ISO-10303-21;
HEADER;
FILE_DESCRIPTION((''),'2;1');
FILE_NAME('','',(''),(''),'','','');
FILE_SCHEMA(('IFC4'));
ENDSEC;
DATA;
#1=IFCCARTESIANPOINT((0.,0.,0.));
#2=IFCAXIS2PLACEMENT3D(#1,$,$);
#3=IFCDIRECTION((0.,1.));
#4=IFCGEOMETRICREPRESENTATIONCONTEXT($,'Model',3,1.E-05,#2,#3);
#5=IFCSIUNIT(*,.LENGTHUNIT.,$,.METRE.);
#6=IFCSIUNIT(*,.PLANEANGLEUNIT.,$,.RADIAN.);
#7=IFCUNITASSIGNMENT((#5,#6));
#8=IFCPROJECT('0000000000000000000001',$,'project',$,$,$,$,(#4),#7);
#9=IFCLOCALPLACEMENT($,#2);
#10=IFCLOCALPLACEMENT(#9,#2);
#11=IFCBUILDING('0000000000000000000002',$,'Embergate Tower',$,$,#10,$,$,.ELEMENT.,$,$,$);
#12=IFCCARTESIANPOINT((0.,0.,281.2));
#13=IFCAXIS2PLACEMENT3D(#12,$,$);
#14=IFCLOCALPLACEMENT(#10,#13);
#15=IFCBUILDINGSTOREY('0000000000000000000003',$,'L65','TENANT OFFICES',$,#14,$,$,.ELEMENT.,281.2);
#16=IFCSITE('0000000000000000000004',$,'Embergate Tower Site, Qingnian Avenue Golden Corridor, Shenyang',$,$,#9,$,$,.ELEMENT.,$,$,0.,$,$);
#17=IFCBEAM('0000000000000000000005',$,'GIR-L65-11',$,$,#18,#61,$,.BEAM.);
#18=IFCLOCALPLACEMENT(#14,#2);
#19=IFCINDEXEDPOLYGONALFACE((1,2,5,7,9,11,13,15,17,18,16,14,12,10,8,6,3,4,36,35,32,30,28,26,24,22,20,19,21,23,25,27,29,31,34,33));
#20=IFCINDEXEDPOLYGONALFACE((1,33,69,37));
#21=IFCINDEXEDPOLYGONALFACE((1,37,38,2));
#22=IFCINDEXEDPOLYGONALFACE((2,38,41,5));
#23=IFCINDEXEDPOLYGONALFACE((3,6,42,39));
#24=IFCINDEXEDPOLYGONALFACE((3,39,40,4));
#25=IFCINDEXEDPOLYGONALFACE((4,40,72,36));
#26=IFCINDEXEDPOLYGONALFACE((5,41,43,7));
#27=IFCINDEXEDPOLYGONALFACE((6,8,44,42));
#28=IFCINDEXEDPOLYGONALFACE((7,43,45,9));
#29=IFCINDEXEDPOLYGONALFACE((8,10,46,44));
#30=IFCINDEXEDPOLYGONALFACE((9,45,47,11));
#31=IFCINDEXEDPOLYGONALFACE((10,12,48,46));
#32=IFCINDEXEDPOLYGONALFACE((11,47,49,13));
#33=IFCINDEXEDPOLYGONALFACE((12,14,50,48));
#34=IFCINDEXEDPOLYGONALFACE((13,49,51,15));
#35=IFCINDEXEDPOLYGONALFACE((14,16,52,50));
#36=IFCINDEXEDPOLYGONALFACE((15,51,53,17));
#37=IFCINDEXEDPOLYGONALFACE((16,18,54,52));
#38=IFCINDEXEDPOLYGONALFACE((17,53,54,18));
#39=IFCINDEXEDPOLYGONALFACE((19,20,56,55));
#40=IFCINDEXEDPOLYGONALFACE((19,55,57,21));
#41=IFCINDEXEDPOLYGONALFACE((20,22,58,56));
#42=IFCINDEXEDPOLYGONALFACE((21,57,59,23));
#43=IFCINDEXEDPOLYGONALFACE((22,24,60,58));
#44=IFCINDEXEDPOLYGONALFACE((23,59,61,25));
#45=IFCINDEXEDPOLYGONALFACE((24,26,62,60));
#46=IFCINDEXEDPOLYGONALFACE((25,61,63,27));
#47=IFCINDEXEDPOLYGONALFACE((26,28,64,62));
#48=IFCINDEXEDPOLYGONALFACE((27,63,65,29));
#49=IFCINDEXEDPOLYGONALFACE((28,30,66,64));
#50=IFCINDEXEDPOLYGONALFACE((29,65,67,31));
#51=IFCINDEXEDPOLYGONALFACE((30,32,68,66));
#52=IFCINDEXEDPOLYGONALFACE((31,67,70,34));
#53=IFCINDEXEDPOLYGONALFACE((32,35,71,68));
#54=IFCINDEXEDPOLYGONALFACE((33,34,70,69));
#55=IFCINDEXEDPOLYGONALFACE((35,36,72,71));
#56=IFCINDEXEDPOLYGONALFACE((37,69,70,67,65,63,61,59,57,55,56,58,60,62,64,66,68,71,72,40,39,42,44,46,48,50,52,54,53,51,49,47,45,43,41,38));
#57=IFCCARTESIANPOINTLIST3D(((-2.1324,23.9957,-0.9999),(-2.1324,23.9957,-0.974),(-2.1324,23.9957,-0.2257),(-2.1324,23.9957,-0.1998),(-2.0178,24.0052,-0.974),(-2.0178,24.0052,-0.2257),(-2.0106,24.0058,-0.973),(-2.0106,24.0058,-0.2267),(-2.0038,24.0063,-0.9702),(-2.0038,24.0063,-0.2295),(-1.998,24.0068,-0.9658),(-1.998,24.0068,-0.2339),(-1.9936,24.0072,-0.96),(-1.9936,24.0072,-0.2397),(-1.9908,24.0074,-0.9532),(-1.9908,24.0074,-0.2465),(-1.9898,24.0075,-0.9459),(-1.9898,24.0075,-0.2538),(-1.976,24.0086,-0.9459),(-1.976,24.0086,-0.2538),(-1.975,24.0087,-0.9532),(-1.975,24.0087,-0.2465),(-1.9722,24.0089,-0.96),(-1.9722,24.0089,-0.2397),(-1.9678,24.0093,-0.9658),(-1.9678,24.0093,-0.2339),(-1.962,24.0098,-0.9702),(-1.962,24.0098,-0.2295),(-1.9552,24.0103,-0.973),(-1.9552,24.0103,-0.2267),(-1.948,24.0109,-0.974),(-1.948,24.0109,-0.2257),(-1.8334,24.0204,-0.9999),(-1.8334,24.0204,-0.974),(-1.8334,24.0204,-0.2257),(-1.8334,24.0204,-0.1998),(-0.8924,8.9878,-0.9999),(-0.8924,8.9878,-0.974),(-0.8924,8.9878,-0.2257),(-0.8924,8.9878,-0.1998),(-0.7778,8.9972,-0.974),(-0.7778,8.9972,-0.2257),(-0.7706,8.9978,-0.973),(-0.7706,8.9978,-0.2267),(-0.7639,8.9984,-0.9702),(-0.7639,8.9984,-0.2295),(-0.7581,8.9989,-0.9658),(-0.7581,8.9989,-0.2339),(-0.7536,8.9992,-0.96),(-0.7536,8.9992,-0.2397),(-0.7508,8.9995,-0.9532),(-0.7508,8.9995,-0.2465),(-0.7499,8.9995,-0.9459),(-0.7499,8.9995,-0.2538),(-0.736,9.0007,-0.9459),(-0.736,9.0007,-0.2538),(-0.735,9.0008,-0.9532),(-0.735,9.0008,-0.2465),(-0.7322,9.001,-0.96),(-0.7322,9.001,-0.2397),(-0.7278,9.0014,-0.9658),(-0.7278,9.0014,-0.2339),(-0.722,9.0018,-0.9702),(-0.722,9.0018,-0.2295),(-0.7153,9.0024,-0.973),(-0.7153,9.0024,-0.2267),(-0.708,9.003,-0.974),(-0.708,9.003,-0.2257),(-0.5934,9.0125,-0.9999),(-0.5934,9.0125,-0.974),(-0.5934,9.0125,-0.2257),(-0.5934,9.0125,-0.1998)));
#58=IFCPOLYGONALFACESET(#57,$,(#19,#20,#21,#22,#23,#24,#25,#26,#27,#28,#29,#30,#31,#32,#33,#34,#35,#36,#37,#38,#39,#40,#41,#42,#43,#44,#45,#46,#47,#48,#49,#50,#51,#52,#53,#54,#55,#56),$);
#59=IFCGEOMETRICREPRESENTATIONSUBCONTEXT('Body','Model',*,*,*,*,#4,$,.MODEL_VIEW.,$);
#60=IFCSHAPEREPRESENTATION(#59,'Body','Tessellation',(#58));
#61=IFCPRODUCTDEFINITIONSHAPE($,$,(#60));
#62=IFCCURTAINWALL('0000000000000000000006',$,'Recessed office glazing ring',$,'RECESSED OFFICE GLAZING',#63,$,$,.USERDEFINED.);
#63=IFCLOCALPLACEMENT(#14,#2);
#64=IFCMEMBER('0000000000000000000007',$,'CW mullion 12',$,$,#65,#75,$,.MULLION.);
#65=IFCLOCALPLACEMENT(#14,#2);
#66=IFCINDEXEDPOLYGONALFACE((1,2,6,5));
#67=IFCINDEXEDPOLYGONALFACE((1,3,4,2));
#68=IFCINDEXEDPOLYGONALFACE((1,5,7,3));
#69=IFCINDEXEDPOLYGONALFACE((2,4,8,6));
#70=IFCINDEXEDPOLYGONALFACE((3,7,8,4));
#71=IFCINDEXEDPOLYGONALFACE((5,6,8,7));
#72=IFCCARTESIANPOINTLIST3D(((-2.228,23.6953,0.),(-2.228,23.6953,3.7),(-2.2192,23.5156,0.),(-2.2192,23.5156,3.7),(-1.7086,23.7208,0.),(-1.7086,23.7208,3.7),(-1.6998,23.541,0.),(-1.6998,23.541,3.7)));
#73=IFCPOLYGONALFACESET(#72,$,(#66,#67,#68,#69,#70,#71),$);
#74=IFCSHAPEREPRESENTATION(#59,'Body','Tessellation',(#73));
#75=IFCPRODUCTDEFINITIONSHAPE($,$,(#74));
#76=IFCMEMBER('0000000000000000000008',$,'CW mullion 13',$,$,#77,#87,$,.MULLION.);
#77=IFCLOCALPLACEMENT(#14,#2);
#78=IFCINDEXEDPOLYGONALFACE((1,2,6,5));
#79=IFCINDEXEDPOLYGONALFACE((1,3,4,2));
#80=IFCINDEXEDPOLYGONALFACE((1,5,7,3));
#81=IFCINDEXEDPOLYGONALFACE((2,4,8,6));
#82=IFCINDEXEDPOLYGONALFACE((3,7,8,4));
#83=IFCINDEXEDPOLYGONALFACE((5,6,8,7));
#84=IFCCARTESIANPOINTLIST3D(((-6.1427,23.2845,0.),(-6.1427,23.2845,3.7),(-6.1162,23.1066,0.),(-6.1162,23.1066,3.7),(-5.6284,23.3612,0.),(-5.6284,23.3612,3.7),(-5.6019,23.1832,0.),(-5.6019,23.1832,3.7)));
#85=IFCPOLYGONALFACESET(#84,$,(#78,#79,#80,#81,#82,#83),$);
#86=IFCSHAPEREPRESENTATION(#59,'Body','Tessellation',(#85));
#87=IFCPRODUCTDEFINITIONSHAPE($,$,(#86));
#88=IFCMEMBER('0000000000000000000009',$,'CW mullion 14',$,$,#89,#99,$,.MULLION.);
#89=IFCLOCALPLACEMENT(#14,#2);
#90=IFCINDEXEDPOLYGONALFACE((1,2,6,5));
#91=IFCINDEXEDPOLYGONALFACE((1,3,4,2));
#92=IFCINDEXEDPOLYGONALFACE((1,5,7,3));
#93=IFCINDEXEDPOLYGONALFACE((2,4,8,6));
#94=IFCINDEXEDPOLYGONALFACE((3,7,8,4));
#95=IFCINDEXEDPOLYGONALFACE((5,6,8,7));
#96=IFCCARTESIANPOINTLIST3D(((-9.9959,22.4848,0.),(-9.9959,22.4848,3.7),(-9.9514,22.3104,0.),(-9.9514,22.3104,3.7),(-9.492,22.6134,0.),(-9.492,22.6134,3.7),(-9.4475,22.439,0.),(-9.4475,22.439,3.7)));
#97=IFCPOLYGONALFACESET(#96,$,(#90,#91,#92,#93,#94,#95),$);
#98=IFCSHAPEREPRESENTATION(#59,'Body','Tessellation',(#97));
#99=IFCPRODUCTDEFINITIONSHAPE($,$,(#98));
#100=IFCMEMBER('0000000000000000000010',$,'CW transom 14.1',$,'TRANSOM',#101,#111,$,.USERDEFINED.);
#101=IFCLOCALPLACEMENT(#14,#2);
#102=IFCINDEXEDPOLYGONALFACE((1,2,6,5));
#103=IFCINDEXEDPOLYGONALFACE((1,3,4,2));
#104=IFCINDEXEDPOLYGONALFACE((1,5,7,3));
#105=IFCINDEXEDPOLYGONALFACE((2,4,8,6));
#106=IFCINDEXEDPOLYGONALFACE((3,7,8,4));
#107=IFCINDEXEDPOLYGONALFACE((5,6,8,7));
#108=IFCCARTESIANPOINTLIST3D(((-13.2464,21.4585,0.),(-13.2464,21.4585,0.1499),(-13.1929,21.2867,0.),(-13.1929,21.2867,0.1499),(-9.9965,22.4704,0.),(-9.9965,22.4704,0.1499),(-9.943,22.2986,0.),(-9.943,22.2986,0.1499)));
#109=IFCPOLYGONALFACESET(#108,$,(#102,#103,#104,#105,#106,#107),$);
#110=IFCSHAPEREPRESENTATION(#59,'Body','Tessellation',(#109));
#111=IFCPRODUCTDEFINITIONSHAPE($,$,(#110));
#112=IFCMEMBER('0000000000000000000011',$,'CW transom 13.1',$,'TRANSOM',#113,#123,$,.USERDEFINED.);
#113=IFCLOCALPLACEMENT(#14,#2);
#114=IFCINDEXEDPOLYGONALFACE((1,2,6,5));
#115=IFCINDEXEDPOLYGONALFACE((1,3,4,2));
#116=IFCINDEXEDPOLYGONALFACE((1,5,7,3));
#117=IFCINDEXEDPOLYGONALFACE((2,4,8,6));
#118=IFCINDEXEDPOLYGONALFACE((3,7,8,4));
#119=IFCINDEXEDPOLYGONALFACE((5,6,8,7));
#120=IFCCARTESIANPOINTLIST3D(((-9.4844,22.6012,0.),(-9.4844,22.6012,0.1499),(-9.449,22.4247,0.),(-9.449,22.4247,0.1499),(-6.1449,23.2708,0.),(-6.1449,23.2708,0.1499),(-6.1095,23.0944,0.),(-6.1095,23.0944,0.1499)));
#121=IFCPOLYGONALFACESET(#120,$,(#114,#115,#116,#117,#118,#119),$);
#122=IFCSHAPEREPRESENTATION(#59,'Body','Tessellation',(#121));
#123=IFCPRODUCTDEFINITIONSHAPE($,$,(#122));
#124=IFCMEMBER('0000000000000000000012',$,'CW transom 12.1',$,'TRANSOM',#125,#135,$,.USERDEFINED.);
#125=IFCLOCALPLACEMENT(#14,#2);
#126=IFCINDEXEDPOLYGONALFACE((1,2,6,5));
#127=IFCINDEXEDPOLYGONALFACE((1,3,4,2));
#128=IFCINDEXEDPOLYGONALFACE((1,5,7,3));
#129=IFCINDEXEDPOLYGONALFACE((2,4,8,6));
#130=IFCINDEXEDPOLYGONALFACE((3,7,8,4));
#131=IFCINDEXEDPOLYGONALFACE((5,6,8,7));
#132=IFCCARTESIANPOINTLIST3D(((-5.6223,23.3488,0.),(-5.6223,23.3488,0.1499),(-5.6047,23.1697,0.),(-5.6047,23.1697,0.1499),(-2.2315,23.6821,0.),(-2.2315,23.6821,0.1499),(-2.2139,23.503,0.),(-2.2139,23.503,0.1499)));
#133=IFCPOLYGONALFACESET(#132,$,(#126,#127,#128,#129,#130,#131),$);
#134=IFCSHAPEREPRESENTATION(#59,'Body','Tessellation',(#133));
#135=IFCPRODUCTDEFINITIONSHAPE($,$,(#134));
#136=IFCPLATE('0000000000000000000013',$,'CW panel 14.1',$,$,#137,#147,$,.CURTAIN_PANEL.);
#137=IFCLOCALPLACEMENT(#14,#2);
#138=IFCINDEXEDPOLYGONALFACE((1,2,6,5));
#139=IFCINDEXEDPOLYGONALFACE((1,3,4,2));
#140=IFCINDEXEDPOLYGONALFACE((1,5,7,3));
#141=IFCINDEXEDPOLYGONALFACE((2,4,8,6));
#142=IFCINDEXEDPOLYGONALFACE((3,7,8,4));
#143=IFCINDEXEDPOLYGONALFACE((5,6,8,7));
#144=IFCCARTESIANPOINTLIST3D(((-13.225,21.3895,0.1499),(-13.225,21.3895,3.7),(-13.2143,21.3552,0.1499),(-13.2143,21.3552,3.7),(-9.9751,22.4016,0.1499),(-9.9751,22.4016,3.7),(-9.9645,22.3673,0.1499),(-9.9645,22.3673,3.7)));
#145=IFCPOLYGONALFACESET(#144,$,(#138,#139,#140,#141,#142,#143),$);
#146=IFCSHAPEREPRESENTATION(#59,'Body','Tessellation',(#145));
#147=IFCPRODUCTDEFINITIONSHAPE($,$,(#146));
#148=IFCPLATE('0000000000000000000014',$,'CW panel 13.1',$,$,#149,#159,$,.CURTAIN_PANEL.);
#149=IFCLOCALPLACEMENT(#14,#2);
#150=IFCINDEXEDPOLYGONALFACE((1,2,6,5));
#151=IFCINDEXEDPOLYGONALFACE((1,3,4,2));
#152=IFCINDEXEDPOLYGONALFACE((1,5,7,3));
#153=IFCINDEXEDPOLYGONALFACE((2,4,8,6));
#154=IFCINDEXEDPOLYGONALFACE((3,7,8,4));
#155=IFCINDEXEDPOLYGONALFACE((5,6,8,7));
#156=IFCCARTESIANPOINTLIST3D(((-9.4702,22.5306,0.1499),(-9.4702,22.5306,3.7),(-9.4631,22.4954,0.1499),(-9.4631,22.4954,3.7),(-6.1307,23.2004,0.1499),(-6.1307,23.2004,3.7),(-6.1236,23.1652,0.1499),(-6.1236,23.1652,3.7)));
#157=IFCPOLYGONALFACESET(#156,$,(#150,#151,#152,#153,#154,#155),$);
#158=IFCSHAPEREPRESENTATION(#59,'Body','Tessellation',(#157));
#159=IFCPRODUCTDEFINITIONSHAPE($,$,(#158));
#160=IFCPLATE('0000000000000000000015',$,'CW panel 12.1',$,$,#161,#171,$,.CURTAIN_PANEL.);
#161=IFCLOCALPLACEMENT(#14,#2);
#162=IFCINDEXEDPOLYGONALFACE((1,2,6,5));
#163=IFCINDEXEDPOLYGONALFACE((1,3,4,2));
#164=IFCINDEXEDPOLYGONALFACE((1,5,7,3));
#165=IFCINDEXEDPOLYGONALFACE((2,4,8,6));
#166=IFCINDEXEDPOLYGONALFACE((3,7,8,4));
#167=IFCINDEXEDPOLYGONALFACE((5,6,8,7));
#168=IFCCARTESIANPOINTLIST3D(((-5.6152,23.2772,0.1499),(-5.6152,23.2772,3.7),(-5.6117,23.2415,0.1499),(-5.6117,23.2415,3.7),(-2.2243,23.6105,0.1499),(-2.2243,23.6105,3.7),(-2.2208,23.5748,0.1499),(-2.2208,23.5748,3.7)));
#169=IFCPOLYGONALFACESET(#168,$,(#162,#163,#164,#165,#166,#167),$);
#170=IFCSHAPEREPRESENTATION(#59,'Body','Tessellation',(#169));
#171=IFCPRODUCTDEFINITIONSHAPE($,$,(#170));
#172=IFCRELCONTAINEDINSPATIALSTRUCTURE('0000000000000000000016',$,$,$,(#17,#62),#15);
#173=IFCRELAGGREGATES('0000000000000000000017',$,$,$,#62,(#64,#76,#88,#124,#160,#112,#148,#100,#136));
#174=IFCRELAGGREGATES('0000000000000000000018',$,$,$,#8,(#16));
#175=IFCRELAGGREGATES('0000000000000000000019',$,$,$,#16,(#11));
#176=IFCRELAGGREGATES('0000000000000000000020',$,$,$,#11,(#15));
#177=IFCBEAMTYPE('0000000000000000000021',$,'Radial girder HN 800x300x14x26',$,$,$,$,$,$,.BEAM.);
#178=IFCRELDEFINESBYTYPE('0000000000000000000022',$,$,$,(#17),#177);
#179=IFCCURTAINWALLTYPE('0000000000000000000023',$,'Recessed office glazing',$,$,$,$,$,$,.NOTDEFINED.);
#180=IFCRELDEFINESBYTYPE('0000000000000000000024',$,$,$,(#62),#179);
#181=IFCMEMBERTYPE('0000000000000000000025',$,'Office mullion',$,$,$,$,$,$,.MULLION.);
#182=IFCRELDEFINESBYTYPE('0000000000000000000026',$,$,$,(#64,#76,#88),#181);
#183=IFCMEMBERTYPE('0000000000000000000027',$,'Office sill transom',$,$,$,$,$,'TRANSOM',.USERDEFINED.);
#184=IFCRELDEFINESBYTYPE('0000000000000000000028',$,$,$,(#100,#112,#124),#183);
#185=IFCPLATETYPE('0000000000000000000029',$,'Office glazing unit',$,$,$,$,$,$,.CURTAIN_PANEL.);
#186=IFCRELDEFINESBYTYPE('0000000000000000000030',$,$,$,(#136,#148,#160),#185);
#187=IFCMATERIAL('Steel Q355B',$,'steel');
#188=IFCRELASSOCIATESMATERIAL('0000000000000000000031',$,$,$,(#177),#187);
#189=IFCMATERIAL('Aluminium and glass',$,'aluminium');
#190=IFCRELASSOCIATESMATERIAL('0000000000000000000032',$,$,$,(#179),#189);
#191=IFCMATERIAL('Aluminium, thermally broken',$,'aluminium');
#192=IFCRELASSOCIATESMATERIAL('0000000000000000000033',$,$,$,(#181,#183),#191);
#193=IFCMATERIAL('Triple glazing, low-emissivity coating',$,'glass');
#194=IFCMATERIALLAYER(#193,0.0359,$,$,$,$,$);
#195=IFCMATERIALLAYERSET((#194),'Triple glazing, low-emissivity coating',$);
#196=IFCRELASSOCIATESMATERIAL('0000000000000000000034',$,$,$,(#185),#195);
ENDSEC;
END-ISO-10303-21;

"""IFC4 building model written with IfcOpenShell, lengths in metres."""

from ifc_helpers import new_model, si_unit, direction, frame, origin, origin_2d, place, context, subcontext, project, spatial, rectangle, i_section, extrude, source, transform, mapped, material, layer, layer_set, material_profile, profile_set, type_object, element, aggregate, save


model = new_model("IFC4")

# Units and contexts
model_context = context("Model", 3, precision=1e-05, world=origin(), true_north=direction((0.0, 1.0)))
body_context = subcontext(model_context, "Body", "Model", "MODEL_VIEW")
ifc_project = project(units=[si_unit("LENGTHUNIT", "METRE"), si_unit("PLANEANGLEUNIT", "RADIAN")], contexts=[model_context])

# Site, building, storey
site_placement = place(None, origin())
site = spatial("IfcSite", under=ifc_project, at=site_placement, Name="Embergate Tower Site, Qingnian Avenue Golden Corridor, Shenyang", CompositionType="ELEMENT", RefElevation=0.0)
building_placement = place(site_placement, origin())
building = spatial("IfcBuilding", under=site, at=building_placement, Name="Embergate Tower", CompositionType="ELEMENT")
storey_placement = place(building_placement, frame((0.0, 0.0, 281.2)))
storey = spatial("IfcBuildingStorey", under=building, at=storey_placement, Name="L65", Description="TENANT OFFICES", CompositionType="ELEMENT", Elevation=281.2)

# Beam
ifc_material_1 = material(Name="Steel Q355B", Category="steel")
ifc_material_profile_1 = material_profile(ifc_material_1, i_section(OverallWidth=0.3, OverallDepth=0.8, WebThickness=0.0139, FlangeThickness=0.0259, FilletRadius=0.0281, at=origin_2d()), Name="HN 800x300x14x26")
ifc_profile_set_1 = profile_set([ifc_material_profile_1], Name="Steel Q355 grade B")
beam_type_1 = type_object("IfcBeamType", Name="Radial girder HN 800x300x14x26", PredefinedType="BEAM", material=ifc_profile_set_1)
shared_shape_1 = source(origin(), body_context, "Body", "SweptSolid", [
    extrude(i_section(OverallWidth=0.3, OverallDepth=0.8, WebThickness=0.0139, FlangeThickness=0.0259, FilletRadius=0.0281, at=origin_2d()), origin(), (0.0, 0.0, 1.0), 15.0591),
])
beam_1_placement = place(storey_placement, frame((-1.9829, 24.0081, -0.5999), z_axis=(0.082341, -0.996604, 0.0), x_axis=(0.996604, 0.082341, 0.0)))
element("IfcBeam", 1, at=beam_1_placement, inside=storey, type_object=beam_type_1, Name="GIR-L65-11", PredefinedType="BEAM", context=body_context, shape_type="MappedRepresentation", body=[
    mapped(shared_shape_1, transform((0.0, 0.0, 0.0))),
])

# Curtain wall, members, plates
ifc_material_2 = material(Name="Aluminium and glass", Category="aluminium")
curtain_wall_type = type_object("IfcCurtainWallType", Name="Recessed office glazing", PredefinedType="NOTDEFINED", material=ifc_material_2)
curtain_wall_placement = place(storey_placement, origin())
curtain_wall = element("IfcCurtainWall", 2, at=curtain_wall_placement, inside=storey, type_object=curtain_wall_type, Name="Recessed office glazing ring", ObjectType="RECESSED OFFICE GLAZING", PredefinedType="USERDEFINED")
ifc_material_3 = material(Name="Aluminium, thermally broken", Category="aluminium")
ifc_material_profile_2 = material_profile(ifc_material_3, rectangle(XDim=0.1799, YDim=0.52, at=origin_2d()), Name="AL 520x180")
ifc_profile_set_2 = profile_set([ifc_material_profile_2], Name="Aluminium, thermally broken")
member_type_1 = type_object("IfcMemberType", Name="Office mullion", PredefinedType="MULLION", material=ifc_profile_set_2)
shared_shape_2 = source(origin(), body_context, "Body", "SweptSolid", [
    extrude(rectangle(XDim=0.1799, YDim=0.52, at=origin_2d()), origin(), (0.0, 0.0, 1.0), 3.7),
])
member_1_placement = place(storey_placement, frame((-1.9639, 23.6182, 0.0), z_axis=(0.0, 0.0, 1.0), x_axis=(0.04897, -0.9988, 0.0)))
member_1 = element("IfcMember", 3, at=member_1_placement, type_object=member_type_1, Name="CW mullion 12", PredefinedType="MULLION", context=body_context, shape_type="MappedRepresentation", body=[
    mapped(shared_shape_2, transform((0.0, 0.0, 0.0))),
])
member_2_placement = place(storey_placement, frame((-5.8723, 23.2339, 0.0), z_axis=(0.0, 0.0, 1.0), x_axis=(0.147409, -0.989076, 0.0)))
member_2 = element("IfcMember", 4, at=member_2_placement, type_object=member_type_1, Name="CW mullion 13", PredefinedType="MULLION", context=body_context, shape_type="MappedRepresentation", body=[
    mapped(shared_shape_2, transform((0.0, 0.0, 0.0))),
])
member_3_placement = place(storey_placement, frame((-9.7217, 22.4619, 0.0), z_axis=(0.0, 0.0, 1.0), x_axis=(0.247308, -0.968937, 0.0)))
member_3 = element("IfcMember", 5, at=member_3_placement, type_object=member_type_1, Name="CW mullion 14", PredefinedType="MULLION", context=body_context, shape_type="MappedRepresentation", body=[
    mapped(shared_shape_2, transform((0.0, 0.0, 0.0))),
])
ifc_material_profile_3 = material_profile(ifc_material_3, rectangle(XDim=0.1799, YDim=0.1499, at=origin_2d()), Name="AL 150x180")
ifc_profile_set_3 = profile_set([ifc_material_profile_3], Name="Aluminium, thermally broken")
member_type_2 = type_object("IfcMemberType", Name="Office sill transom", ElementType="TRANSOM", PredefinedType="USERDEFINED", material=ifc_profile_set_3)
shared_shape_3 = source(origin(), body_context, "Body", "SweptSolid", [
    extrude(rectangle(XDim=0.1799, YDim=0.1499, at=origin_2d()), origin(), (0.0, 0.0, 1.0), 3.4038),
])
member_4_placement = place(storey_placement, frame((-9.9697, 22.3845, 0.075), z_axis=(-0.954786, -0.297295, 0.0), x_axis=(0.297295, -0.954786, 0.0)))
member_4 = element("IfcMember", 6, at=member_4_placement, type_object=member_type_2, Name="CW transom 14.1", ObjectType="TRANSOM", PredefinedType="USERDEFINED", context=body_context, shape_type="MappedRepresentation", body=[
    mapped(shared_shape_3, transform((0.0, 0.0, 0.0))),
])
shared_shape_4 = source(origin(), body_context, "Body", "SweptSolid", [
    extrude(rectangle(XDim=0.1799, YDim=0.1499, at=origin_2d()), origin(), (0.0, 0.0, 1.0), 3.406),
])
member_5_placement = place(storey_placement, frame((-6.1272, 23.1826, 0.075), z_axis=(-0.980481, -0.196612, 0.0), x_axis=(0.196612, -0.980481, 0.0)))
member_5 = element("IfcMember", 7, at=member_5_placement, type_object=member_type_2, Name="CW transom 13.1", ObjectType="TRANSOM", PredefinedType="USERDEFINED", context=body_context, shape_type="MappedRepresentation", body=[
    mapped(shared_shape_4, transform((0.0, 0.0, 0.0))),
])
shared_shape_5 = source(origin(), body_context, "Body", "SweptSolid", [
    extrude(rectangle(XDim=0.1799, YDim=0.1499, at=origin_2d()), origin(), (0.0, 0.0, 1.0), 3.4072),
])
member_6_placement = place(storey_placement, frame((-2.2227, 23.5925, 0.075), z_axis=(-0.995205, -0.097808, 0.0), x_axis=(0.097808, -0.995205, 0.0)))
member_6 = element("IfcMember", 8, at=member_6_placement, type_object=member_type_2, Name="CW transom 12.1", ObjectType="TRANSOM", PredefinedType="USERDEFINED", context=body_context, shape_type="MappedRepresentation", body=[
    mapped(shared_shape_5, transform((0.0, 0.0, 0.0))),
])
ifc_material_4 = material(Name="Triple glazing, low-emissivity coating", Category="glass")
ifc_layer_1 = layer(ifc_material_4, 0.0359)
ifc_layer_set_1 = layer_set([ifc_layer_1], Name="Triple glazing, low-emissivity coating")
plate_type = type_object("IfcPlateType", Name="Office glazing unit", PredefinedType="CURTAIN_PANEL", material=ifc_layer_set_1)
shared_shape_6 = source(origin(), body_context, "Body", "SweptSolid", [
    extrude(rectangle(XDim=3.4038, YDim=0.0359, at=origin_2d()), origin(), (0.0, 0.0, 1.0), 3.55),
])
plate_1_placement = place(storey_placement, frame((-11.5947, 21.8784, 0.1499), z_axis=(0.0, 0.0, 1.0), x_axis=(-0.954773, -0.297337, 0.0)))
plate_1 = element("IfcPlate", 9, at=plate_1_placement, type_object=plate_type, Name="CW panel 14.1", PredefinedType="CURTAIN_PANEL", context=body_context, shape_type="MappedRepresentation", body=[
    mapped(shared_shape_6, transform((0.0, 0.0, 0.0))),
])
shared_shape_7 = source(origin(), body_context, "Body", "SweptSolid", [
    extrude(rectangle(XDim=3.406, YDim=0.0359, at=origin_2d()), origin(), (0.0, 0.0, 1.0), 3.55),
])
plate_2_placement = place(storey_placement, frame((-7.7969, 22.8479, 0.1499), z_axis=(0.0, 0.0, 1.0), x_axis=(-0.980476, -0.196639, 0.0)))
plate_2 = element("IfcPlate", 10, at=plate_2_placement, type_object=plate_type, Name="CW panel 13.1", PredefinedType="CURTAIN_PANEL", context=body_context, shape_type="MappedRepresentation", body=[
    mapped(shared_shape_7, transform((0.0, 0.0, 0.0))),
])
shared_shape_8 = source(origin(), body_context, "Body", "SweptSolid", [
    extrude(rectangle(XDim=3.4072, YDim=0.0359, at=origin_2d()), origin(), (0.0, 0.0, 1.0), 3.55),
])
plate_3_placement = place(storey_placement, frame((-3.918, 23.426, 0.1499), z_axis=(0.0, 0.0, 1.0), x_axis=(-0.995203, -0.09783, 0.0)))
plate_3 = element("IfcPlate", 11, at=plate_3_placement, type_object=plate_type, Name="CW panel 12.1", PredefinedType="CURTAIN_PANEL", context=body_context, shape_type="MappedRepresentation", body=[
    mapped(shared_shape_8, transform((0.0, 0.0, 0.0))),
])
aggregate(curtain_wall, [member_1, member_2, member_3, member_6, plate_3, member_5, plate_2, member_4, plate_1])

save(model, "model.ifc")
